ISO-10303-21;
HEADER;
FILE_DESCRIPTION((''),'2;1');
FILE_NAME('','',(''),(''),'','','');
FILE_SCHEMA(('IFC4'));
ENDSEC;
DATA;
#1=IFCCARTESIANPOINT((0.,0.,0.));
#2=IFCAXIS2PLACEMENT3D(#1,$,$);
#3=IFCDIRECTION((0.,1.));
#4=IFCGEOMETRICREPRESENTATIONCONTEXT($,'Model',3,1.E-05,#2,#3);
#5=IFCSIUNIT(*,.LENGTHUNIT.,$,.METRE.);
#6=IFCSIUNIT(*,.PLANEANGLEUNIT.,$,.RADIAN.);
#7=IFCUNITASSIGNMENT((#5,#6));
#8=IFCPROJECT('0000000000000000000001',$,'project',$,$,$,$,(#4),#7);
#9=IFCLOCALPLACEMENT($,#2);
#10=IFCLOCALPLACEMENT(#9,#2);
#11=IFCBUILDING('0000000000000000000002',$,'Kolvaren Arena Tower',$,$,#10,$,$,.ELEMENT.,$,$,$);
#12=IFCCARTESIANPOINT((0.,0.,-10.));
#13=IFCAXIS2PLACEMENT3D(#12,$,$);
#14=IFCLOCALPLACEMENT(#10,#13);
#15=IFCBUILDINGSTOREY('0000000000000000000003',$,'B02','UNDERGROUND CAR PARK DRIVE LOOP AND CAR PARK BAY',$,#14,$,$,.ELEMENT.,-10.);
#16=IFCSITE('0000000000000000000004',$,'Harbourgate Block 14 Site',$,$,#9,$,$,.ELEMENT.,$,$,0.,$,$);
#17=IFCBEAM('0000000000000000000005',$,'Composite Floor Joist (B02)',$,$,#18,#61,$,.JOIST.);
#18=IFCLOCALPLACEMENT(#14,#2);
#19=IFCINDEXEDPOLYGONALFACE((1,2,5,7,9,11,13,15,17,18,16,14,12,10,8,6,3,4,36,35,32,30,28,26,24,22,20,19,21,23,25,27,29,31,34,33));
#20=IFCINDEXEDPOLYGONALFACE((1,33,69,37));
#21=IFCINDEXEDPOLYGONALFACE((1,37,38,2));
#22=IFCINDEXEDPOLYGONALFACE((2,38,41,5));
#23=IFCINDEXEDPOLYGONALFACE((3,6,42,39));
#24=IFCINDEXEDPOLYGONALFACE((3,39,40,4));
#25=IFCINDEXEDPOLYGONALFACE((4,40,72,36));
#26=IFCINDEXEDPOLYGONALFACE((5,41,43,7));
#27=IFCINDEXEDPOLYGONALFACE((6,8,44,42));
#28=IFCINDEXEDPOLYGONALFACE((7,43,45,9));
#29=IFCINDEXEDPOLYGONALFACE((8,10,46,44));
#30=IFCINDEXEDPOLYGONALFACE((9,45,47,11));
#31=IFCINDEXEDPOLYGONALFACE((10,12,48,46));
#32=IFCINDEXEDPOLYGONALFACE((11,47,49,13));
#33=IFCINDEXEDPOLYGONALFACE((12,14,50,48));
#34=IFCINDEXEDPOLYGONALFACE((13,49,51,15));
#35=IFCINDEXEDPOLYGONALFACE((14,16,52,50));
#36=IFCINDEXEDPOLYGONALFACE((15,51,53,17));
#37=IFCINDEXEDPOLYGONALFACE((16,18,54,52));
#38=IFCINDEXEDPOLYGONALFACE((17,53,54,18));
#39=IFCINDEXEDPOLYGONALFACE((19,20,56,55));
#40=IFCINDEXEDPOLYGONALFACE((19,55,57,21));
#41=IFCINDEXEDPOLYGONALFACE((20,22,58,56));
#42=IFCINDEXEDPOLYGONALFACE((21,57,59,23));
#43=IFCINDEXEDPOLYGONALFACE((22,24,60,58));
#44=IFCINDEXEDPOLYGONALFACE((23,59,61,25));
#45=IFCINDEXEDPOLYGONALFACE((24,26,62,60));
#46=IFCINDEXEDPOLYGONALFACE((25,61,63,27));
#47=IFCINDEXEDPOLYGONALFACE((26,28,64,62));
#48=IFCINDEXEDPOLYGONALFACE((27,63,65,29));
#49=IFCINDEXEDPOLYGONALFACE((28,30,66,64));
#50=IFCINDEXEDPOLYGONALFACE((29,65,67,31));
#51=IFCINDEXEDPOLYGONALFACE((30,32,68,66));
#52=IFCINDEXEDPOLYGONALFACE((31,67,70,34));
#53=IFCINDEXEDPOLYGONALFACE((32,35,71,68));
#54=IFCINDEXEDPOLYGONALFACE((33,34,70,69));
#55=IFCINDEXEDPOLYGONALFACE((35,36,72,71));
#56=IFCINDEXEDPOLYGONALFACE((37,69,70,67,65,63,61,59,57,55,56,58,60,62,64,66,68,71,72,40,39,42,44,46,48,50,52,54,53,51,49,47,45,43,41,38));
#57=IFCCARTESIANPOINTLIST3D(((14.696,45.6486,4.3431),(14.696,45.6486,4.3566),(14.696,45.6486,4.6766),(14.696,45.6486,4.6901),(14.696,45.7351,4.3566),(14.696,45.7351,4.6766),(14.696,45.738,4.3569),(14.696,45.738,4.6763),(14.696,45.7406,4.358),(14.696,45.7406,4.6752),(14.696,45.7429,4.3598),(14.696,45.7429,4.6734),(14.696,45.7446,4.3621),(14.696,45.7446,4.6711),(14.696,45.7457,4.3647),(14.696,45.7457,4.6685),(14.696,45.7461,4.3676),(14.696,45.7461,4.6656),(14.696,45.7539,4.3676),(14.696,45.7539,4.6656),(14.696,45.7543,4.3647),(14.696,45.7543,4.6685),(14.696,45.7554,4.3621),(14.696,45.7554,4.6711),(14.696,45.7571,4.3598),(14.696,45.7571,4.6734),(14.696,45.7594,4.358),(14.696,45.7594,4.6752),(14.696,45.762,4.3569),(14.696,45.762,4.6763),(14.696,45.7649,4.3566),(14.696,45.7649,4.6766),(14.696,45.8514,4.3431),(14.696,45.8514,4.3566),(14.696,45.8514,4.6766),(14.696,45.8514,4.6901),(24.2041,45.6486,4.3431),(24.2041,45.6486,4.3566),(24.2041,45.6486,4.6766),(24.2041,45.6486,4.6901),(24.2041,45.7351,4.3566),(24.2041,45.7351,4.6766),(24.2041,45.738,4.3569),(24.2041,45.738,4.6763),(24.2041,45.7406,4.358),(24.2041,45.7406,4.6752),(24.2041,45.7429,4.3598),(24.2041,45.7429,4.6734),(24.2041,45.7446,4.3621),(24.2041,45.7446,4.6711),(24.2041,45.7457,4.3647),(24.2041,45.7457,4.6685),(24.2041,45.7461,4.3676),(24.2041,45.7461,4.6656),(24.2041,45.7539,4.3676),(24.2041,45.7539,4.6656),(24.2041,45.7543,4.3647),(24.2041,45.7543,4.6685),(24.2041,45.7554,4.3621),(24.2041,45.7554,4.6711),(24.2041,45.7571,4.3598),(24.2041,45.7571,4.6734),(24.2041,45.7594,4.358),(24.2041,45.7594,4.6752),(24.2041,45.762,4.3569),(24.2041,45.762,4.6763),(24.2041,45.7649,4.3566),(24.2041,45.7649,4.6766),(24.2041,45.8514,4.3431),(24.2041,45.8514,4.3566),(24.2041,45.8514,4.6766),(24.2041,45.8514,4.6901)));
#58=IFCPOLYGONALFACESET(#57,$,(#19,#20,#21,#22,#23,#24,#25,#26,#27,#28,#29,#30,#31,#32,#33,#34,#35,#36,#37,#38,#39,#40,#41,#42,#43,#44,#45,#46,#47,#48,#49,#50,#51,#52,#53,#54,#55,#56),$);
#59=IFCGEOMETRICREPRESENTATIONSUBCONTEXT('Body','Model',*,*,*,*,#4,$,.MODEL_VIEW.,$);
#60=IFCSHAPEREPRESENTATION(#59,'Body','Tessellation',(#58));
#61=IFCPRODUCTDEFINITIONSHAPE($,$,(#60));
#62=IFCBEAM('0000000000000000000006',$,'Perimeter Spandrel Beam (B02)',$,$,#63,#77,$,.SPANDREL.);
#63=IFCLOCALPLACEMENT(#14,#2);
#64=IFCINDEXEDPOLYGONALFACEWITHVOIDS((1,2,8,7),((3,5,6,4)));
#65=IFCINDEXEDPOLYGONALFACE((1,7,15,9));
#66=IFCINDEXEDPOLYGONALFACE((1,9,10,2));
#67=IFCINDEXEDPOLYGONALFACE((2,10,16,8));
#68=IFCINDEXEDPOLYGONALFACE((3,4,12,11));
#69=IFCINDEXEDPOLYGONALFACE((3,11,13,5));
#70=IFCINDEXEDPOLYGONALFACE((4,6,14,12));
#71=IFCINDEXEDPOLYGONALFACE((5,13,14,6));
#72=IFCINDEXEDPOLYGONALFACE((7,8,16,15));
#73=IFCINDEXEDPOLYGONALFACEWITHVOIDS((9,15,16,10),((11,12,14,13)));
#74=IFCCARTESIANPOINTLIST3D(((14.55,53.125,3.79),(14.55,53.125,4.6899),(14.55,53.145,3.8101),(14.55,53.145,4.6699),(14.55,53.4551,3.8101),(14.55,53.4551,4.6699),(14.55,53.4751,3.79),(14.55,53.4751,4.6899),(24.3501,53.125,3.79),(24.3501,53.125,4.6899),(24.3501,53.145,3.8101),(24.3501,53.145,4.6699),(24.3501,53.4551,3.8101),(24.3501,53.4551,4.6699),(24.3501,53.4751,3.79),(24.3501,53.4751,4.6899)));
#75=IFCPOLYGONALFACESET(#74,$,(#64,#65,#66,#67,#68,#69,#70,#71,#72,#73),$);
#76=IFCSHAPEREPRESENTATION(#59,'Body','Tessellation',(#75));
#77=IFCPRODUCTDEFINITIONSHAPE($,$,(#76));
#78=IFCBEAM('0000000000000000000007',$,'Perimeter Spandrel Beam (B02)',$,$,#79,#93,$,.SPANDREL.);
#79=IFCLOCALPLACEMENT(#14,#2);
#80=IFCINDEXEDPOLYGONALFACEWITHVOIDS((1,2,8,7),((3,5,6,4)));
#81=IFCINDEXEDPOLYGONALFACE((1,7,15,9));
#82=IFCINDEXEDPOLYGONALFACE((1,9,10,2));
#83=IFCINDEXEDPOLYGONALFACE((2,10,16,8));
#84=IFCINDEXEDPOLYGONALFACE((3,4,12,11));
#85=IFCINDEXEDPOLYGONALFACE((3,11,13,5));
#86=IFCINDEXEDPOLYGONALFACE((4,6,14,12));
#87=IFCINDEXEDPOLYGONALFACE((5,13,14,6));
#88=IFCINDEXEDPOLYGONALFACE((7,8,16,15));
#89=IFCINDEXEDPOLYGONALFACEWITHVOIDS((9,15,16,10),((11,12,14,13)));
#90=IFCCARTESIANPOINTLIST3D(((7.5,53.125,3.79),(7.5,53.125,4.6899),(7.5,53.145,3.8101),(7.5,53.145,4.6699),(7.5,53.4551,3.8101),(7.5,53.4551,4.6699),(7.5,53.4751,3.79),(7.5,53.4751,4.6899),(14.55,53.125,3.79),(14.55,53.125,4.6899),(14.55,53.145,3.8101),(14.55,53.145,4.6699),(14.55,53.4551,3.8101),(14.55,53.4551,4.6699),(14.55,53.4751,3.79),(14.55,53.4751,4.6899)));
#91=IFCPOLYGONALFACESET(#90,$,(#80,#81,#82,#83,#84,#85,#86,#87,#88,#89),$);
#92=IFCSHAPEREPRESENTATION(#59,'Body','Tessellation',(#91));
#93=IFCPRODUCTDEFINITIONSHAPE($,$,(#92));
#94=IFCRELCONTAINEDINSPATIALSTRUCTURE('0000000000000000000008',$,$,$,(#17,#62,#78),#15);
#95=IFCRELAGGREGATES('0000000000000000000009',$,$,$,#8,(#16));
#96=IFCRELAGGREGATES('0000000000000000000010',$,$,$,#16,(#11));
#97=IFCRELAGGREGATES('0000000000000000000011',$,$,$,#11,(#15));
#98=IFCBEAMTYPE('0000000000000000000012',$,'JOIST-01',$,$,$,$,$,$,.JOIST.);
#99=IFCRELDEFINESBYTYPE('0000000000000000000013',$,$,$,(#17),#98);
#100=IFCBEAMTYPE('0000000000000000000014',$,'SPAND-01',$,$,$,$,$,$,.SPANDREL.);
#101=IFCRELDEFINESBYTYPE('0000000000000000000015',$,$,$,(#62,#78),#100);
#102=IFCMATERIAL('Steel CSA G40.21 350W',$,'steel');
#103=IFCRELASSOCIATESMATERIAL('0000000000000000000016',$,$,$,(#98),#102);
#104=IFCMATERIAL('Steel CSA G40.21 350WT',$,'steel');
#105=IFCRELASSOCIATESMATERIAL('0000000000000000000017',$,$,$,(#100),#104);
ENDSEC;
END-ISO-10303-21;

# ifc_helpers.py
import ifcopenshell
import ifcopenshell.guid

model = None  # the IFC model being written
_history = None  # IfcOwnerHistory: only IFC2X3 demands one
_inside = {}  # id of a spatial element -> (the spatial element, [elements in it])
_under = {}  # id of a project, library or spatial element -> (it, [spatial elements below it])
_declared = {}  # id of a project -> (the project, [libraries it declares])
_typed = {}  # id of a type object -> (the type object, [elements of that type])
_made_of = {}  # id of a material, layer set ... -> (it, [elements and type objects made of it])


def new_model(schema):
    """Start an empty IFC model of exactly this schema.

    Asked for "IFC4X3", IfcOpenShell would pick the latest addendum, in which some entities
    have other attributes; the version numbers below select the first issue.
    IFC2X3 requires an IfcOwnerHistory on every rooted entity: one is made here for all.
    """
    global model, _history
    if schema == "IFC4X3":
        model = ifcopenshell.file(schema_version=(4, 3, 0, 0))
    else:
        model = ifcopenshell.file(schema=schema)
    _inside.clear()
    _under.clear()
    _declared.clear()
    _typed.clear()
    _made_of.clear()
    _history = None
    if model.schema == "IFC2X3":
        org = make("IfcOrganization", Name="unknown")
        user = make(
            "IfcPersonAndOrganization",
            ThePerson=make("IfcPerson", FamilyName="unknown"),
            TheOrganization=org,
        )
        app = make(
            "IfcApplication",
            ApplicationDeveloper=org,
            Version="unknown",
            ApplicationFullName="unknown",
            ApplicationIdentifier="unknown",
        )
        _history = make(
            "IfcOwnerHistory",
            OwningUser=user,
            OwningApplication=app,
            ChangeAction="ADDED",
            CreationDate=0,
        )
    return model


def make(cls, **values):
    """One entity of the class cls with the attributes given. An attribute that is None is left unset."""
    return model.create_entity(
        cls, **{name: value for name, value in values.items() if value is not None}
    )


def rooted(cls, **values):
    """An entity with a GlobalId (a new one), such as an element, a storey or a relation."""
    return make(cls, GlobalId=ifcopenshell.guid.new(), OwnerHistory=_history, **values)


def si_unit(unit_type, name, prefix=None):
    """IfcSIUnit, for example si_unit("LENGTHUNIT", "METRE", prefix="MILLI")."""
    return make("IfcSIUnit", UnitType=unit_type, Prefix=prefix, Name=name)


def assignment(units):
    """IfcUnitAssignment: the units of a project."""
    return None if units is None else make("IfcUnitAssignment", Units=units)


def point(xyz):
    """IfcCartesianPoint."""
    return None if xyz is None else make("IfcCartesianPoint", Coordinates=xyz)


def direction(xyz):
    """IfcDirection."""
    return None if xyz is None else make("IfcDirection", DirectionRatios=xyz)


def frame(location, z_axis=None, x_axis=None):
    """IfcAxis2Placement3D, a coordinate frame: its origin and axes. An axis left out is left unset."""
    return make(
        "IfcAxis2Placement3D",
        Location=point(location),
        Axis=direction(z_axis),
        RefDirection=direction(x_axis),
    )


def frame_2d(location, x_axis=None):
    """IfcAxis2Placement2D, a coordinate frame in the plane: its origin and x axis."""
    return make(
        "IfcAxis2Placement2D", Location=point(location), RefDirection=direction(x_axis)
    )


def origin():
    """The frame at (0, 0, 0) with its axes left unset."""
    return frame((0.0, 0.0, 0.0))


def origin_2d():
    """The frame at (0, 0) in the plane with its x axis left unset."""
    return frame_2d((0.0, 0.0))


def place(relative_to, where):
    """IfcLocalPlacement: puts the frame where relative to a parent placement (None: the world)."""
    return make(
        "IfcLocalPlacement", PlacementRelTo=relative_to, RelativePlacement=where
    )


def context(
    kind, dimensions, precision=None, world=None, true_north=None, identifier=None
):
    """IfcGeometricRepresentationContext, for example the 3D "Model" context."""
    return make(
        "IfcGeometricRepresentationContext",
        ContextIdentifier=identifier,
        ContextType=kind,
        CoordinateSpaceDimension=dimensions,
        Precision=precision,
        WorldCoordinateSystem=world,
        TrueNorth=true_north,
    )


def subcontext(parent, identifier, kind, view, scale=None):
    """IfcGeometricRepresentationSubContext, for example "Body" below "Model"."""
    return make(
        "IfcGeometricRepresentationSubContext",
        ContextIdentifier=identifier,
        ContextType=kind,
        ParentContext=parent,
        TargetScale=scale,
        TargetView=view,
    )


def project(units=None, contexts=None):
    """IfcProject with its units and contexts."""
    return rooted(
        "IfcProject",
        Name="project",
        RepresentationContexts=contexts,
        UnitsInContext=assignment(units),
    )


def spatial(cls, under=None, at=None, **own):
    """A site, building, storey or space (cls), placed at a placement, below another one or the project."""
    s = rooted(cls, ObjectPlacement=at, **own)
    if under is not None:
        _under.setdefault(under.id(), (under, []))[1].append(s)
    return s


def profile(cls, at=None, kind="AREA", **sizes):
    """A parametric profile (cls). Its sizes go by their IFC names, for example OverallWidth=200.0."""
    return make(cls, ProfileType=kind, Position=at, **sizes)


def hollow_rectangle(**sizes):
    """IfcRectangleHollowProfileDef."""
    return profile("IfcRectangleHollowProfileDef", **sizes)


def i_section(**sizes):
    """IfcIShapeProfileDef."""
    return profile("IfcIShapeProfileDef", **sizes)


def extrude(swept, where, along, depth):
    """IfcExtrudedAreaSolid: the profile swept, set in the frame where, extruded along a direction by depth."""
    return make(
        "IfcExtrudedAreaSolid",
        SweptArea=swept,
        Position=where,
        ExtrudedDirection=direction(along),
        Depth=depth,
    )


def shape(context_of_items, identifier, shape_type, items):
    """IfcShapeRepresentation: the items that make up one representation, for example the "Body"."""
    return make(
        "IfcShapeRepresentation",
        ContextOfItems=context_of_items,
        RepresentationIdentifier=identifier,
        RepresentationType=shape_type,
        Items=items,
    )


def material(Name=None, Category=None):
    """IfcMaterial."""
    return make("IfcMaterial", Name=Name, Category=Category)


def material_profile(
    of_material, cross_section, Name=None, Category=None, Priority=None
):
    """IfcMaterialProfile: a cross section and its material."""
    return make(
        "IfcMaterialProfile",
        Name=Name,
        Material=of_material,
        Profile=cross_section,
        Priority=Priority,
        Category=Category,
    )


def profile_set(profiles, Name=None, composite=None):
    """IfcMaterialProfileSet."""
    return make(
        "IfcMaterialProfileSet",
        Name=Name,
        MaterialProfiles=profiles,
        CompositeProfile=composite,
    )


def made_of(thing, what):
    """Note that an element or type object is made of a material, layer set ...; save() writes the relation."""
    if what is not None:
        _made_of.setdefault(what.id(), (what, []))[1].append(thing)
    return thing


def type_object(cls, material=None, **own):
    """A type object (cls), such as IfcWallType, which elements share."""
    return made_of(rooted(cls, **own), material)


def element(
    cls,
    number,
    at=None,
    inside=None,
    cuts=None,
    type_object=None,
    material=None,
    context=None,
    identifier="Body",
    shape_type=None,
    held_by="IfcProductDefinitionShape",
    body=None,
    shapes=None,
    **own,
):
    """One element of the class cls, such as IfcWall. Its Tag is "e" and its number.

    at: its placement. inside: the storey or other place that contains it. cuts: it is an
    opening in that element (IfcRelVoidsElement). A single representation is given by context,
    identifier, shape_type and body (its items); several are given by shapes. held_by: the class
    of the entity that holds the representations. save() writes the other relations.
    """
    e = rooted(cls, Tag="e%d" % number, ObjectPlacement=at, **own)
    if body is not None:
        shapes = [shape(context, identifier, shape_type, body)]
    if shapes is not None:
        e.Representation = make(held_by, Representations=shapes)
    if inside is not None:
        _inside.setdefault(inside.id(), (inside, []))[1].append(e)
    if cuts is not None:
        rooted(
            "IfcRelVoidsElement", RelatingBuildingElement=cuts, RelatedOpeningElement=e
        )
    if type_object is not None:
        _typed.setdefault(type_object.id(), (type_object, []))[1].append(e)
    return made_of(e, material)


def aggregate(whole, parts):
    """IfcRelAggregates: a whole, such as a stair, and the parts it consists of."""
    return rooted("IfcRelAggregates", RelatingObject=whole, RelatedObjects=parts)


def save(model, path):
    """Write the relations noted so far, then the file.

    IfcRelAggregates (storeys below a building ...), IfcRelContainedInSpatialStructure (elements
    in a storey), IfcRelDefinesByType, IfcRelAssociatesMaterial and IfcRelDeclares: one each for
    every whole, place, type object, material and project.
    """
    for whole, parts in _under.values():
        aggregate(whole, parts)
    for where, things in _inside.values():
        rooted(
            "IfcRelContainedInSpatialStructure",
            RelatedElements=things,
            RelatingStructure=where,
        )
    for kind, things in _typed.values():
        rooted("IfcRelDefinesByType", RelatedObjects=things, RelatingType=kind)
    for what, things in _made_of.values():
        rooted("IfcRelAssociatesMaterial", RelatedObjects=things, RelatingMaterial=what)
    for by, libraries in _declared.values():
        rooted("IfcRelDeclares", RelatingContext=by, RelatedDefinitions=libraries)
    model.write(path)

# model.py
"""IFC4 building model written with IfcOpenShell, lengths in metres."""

from ifc_helpers import new_model, si_unit, direction, frame, origin, origin_2d, place, context, subcontext, project, spatial, hollow_rectangle, i_section, extrude, material, material_profile, profile_set, type_object, element, save


model = new_model("IFC4")

# Units and contexts
model_context = context("Model", 3, precision=1e-05, world=origin(), true_north=direction((0.0, 1.0)))
body_context = subcontext(model_context, "Body", "Model", "MODEL_VIEW")
ifc_project = project(units=[si_unit("LENGTHUNIT", "METRE"), si_unit("PLANEANGLEUNIT", "RADIAN")], contexts=[model_context])

# Site, building, storey
site_placement = place(None, origin())
site = spatial("IfcSite", under=ifc_project, at=site_placement, Name="Harbourgate Block 14 Site", CompositionType="ELEMENT", RefElevation=0.0)
building_placement = place(site_placement, origin())
building = spatial("IfcBuilding", under=site, at=building_placement, Name="Kolvaren Arena Tower", CompositionType="ELEMENT")
storey_placement = place(building_placement, frame((0.0, 0.0, -10.0)))
storey = spatial("IfcBuildingStorey", under=building, at=storey_placement, Name="B02", Description="UNDERGROUND CAR PARK DRIVE LOOP AND CAR PARK BAY", CompositionType="ELEMENT", Elevation=-10.0)

# Beams
ifc_material_1 = material(Name="Steel CSA G40.21 350W", Category="steel")
ifc_material_profile_1 = material_profile(ifc_material_1, i_section(OverallWidth=0.2029, OverallDepth=0.3469, WebThickness=0.0078, FlangeThickness=0.0134, FilletRadius=0.011, at=origin_2d()), Name="W360x64")
ifc_profile_set_1 = profile_set([ifc_material_profile_1], Name="Steel CSA G40.21 350W")
beam_type_1 = type_object("IfcBeamType", Name="JOIST-01", PredefinedType="JOIST", material=ifc_profile_set_1)
beam_1_placement = place(storey_placement, frame((14.696, 45.75, 4.5166), z_axis=(1.0, 0.0, 0.0), x_axis=(0.0, 1.0, 0.0)))
element("IfcBeam", 1, at=beam_1_placement, inside=storey, type_object=beam_type_1, Name="Composite Floor Joist (B02)", PredefinedType="JOIST", context=body_context, shape_type="SweptSolid", body=[
    extrude(i_section(OverallWidth=0.2029, OverallDepth=0.3469, WebThickness=0.0078, FlangeThickness=0.0134, FilletRadius=0.011, at=origin_2d()), origin(), (0.0, 0.0, 1.0), 9.5081),
])
ifc_material_2 = material(Name="Steel CSA G40.21 350WT", Category="steel")
ifc_material_profile_2 = material_profile(ifc_material_2, hollow_rectangle(XDim=0.3501, YDim=0.8999, WallThickness=0.02, at=origin_2d()), Name="HSS 900x350x20")
ifc_profile_set_2 = profile_set([ifc_material_profile_2], Name="Steel CSA G40.21 350WT")
beam_type_2 = type_object("IfcBeamType", Name="SPAND-01", PredefinedType="SPANDREL", material=ifc_profile_set_2)
beam_2_placement = place(storey_placement, frame((24.3501, 53.3, 4.24), z_axis=(-1.0, 0.0, 0.0), x_axis=(0.0, -1.0, 0.0)))
element("IfcBeam", 2, at=beam_2_placement, inside=storey, type_object=beam_type_2, Name="Perimeter Spandrel Beam (B02)", PredefinedType="SPANDREL", context=body_context, shape_type="SweptSolid", body=[
    extrude(hollow_rectangle(XDim=0.3501, YDim=0.8999, WallThickness=0.02, at=origin_2d()), origin(), (0.0, 0.0, 1.0), 9.8),
])
beam_3_placement = place(storey_placement, frame((14.55, 53.3, 4.24), z_axis=(-1.0, 0.0, 0.0), x_axis=(0.0, -1.0, 0.0)))
element("IfcBeam", 3, at=beam_3_placement, inside=storey, type_object=beam_type_2, Name="Perimeter Spandrel Beam (B02)", PredefinedType="SPANDREL", context=body_context, shape_type="SweptSolid", body=[
    extrude(hollow_rectangle(XDim=0.3501, YDim=0.8999, WallThickness=0.02, at=origin_2d()), origin(), (0.0, 0.0, 1.0), 7.05),
])

save(model, "model.ifc")
